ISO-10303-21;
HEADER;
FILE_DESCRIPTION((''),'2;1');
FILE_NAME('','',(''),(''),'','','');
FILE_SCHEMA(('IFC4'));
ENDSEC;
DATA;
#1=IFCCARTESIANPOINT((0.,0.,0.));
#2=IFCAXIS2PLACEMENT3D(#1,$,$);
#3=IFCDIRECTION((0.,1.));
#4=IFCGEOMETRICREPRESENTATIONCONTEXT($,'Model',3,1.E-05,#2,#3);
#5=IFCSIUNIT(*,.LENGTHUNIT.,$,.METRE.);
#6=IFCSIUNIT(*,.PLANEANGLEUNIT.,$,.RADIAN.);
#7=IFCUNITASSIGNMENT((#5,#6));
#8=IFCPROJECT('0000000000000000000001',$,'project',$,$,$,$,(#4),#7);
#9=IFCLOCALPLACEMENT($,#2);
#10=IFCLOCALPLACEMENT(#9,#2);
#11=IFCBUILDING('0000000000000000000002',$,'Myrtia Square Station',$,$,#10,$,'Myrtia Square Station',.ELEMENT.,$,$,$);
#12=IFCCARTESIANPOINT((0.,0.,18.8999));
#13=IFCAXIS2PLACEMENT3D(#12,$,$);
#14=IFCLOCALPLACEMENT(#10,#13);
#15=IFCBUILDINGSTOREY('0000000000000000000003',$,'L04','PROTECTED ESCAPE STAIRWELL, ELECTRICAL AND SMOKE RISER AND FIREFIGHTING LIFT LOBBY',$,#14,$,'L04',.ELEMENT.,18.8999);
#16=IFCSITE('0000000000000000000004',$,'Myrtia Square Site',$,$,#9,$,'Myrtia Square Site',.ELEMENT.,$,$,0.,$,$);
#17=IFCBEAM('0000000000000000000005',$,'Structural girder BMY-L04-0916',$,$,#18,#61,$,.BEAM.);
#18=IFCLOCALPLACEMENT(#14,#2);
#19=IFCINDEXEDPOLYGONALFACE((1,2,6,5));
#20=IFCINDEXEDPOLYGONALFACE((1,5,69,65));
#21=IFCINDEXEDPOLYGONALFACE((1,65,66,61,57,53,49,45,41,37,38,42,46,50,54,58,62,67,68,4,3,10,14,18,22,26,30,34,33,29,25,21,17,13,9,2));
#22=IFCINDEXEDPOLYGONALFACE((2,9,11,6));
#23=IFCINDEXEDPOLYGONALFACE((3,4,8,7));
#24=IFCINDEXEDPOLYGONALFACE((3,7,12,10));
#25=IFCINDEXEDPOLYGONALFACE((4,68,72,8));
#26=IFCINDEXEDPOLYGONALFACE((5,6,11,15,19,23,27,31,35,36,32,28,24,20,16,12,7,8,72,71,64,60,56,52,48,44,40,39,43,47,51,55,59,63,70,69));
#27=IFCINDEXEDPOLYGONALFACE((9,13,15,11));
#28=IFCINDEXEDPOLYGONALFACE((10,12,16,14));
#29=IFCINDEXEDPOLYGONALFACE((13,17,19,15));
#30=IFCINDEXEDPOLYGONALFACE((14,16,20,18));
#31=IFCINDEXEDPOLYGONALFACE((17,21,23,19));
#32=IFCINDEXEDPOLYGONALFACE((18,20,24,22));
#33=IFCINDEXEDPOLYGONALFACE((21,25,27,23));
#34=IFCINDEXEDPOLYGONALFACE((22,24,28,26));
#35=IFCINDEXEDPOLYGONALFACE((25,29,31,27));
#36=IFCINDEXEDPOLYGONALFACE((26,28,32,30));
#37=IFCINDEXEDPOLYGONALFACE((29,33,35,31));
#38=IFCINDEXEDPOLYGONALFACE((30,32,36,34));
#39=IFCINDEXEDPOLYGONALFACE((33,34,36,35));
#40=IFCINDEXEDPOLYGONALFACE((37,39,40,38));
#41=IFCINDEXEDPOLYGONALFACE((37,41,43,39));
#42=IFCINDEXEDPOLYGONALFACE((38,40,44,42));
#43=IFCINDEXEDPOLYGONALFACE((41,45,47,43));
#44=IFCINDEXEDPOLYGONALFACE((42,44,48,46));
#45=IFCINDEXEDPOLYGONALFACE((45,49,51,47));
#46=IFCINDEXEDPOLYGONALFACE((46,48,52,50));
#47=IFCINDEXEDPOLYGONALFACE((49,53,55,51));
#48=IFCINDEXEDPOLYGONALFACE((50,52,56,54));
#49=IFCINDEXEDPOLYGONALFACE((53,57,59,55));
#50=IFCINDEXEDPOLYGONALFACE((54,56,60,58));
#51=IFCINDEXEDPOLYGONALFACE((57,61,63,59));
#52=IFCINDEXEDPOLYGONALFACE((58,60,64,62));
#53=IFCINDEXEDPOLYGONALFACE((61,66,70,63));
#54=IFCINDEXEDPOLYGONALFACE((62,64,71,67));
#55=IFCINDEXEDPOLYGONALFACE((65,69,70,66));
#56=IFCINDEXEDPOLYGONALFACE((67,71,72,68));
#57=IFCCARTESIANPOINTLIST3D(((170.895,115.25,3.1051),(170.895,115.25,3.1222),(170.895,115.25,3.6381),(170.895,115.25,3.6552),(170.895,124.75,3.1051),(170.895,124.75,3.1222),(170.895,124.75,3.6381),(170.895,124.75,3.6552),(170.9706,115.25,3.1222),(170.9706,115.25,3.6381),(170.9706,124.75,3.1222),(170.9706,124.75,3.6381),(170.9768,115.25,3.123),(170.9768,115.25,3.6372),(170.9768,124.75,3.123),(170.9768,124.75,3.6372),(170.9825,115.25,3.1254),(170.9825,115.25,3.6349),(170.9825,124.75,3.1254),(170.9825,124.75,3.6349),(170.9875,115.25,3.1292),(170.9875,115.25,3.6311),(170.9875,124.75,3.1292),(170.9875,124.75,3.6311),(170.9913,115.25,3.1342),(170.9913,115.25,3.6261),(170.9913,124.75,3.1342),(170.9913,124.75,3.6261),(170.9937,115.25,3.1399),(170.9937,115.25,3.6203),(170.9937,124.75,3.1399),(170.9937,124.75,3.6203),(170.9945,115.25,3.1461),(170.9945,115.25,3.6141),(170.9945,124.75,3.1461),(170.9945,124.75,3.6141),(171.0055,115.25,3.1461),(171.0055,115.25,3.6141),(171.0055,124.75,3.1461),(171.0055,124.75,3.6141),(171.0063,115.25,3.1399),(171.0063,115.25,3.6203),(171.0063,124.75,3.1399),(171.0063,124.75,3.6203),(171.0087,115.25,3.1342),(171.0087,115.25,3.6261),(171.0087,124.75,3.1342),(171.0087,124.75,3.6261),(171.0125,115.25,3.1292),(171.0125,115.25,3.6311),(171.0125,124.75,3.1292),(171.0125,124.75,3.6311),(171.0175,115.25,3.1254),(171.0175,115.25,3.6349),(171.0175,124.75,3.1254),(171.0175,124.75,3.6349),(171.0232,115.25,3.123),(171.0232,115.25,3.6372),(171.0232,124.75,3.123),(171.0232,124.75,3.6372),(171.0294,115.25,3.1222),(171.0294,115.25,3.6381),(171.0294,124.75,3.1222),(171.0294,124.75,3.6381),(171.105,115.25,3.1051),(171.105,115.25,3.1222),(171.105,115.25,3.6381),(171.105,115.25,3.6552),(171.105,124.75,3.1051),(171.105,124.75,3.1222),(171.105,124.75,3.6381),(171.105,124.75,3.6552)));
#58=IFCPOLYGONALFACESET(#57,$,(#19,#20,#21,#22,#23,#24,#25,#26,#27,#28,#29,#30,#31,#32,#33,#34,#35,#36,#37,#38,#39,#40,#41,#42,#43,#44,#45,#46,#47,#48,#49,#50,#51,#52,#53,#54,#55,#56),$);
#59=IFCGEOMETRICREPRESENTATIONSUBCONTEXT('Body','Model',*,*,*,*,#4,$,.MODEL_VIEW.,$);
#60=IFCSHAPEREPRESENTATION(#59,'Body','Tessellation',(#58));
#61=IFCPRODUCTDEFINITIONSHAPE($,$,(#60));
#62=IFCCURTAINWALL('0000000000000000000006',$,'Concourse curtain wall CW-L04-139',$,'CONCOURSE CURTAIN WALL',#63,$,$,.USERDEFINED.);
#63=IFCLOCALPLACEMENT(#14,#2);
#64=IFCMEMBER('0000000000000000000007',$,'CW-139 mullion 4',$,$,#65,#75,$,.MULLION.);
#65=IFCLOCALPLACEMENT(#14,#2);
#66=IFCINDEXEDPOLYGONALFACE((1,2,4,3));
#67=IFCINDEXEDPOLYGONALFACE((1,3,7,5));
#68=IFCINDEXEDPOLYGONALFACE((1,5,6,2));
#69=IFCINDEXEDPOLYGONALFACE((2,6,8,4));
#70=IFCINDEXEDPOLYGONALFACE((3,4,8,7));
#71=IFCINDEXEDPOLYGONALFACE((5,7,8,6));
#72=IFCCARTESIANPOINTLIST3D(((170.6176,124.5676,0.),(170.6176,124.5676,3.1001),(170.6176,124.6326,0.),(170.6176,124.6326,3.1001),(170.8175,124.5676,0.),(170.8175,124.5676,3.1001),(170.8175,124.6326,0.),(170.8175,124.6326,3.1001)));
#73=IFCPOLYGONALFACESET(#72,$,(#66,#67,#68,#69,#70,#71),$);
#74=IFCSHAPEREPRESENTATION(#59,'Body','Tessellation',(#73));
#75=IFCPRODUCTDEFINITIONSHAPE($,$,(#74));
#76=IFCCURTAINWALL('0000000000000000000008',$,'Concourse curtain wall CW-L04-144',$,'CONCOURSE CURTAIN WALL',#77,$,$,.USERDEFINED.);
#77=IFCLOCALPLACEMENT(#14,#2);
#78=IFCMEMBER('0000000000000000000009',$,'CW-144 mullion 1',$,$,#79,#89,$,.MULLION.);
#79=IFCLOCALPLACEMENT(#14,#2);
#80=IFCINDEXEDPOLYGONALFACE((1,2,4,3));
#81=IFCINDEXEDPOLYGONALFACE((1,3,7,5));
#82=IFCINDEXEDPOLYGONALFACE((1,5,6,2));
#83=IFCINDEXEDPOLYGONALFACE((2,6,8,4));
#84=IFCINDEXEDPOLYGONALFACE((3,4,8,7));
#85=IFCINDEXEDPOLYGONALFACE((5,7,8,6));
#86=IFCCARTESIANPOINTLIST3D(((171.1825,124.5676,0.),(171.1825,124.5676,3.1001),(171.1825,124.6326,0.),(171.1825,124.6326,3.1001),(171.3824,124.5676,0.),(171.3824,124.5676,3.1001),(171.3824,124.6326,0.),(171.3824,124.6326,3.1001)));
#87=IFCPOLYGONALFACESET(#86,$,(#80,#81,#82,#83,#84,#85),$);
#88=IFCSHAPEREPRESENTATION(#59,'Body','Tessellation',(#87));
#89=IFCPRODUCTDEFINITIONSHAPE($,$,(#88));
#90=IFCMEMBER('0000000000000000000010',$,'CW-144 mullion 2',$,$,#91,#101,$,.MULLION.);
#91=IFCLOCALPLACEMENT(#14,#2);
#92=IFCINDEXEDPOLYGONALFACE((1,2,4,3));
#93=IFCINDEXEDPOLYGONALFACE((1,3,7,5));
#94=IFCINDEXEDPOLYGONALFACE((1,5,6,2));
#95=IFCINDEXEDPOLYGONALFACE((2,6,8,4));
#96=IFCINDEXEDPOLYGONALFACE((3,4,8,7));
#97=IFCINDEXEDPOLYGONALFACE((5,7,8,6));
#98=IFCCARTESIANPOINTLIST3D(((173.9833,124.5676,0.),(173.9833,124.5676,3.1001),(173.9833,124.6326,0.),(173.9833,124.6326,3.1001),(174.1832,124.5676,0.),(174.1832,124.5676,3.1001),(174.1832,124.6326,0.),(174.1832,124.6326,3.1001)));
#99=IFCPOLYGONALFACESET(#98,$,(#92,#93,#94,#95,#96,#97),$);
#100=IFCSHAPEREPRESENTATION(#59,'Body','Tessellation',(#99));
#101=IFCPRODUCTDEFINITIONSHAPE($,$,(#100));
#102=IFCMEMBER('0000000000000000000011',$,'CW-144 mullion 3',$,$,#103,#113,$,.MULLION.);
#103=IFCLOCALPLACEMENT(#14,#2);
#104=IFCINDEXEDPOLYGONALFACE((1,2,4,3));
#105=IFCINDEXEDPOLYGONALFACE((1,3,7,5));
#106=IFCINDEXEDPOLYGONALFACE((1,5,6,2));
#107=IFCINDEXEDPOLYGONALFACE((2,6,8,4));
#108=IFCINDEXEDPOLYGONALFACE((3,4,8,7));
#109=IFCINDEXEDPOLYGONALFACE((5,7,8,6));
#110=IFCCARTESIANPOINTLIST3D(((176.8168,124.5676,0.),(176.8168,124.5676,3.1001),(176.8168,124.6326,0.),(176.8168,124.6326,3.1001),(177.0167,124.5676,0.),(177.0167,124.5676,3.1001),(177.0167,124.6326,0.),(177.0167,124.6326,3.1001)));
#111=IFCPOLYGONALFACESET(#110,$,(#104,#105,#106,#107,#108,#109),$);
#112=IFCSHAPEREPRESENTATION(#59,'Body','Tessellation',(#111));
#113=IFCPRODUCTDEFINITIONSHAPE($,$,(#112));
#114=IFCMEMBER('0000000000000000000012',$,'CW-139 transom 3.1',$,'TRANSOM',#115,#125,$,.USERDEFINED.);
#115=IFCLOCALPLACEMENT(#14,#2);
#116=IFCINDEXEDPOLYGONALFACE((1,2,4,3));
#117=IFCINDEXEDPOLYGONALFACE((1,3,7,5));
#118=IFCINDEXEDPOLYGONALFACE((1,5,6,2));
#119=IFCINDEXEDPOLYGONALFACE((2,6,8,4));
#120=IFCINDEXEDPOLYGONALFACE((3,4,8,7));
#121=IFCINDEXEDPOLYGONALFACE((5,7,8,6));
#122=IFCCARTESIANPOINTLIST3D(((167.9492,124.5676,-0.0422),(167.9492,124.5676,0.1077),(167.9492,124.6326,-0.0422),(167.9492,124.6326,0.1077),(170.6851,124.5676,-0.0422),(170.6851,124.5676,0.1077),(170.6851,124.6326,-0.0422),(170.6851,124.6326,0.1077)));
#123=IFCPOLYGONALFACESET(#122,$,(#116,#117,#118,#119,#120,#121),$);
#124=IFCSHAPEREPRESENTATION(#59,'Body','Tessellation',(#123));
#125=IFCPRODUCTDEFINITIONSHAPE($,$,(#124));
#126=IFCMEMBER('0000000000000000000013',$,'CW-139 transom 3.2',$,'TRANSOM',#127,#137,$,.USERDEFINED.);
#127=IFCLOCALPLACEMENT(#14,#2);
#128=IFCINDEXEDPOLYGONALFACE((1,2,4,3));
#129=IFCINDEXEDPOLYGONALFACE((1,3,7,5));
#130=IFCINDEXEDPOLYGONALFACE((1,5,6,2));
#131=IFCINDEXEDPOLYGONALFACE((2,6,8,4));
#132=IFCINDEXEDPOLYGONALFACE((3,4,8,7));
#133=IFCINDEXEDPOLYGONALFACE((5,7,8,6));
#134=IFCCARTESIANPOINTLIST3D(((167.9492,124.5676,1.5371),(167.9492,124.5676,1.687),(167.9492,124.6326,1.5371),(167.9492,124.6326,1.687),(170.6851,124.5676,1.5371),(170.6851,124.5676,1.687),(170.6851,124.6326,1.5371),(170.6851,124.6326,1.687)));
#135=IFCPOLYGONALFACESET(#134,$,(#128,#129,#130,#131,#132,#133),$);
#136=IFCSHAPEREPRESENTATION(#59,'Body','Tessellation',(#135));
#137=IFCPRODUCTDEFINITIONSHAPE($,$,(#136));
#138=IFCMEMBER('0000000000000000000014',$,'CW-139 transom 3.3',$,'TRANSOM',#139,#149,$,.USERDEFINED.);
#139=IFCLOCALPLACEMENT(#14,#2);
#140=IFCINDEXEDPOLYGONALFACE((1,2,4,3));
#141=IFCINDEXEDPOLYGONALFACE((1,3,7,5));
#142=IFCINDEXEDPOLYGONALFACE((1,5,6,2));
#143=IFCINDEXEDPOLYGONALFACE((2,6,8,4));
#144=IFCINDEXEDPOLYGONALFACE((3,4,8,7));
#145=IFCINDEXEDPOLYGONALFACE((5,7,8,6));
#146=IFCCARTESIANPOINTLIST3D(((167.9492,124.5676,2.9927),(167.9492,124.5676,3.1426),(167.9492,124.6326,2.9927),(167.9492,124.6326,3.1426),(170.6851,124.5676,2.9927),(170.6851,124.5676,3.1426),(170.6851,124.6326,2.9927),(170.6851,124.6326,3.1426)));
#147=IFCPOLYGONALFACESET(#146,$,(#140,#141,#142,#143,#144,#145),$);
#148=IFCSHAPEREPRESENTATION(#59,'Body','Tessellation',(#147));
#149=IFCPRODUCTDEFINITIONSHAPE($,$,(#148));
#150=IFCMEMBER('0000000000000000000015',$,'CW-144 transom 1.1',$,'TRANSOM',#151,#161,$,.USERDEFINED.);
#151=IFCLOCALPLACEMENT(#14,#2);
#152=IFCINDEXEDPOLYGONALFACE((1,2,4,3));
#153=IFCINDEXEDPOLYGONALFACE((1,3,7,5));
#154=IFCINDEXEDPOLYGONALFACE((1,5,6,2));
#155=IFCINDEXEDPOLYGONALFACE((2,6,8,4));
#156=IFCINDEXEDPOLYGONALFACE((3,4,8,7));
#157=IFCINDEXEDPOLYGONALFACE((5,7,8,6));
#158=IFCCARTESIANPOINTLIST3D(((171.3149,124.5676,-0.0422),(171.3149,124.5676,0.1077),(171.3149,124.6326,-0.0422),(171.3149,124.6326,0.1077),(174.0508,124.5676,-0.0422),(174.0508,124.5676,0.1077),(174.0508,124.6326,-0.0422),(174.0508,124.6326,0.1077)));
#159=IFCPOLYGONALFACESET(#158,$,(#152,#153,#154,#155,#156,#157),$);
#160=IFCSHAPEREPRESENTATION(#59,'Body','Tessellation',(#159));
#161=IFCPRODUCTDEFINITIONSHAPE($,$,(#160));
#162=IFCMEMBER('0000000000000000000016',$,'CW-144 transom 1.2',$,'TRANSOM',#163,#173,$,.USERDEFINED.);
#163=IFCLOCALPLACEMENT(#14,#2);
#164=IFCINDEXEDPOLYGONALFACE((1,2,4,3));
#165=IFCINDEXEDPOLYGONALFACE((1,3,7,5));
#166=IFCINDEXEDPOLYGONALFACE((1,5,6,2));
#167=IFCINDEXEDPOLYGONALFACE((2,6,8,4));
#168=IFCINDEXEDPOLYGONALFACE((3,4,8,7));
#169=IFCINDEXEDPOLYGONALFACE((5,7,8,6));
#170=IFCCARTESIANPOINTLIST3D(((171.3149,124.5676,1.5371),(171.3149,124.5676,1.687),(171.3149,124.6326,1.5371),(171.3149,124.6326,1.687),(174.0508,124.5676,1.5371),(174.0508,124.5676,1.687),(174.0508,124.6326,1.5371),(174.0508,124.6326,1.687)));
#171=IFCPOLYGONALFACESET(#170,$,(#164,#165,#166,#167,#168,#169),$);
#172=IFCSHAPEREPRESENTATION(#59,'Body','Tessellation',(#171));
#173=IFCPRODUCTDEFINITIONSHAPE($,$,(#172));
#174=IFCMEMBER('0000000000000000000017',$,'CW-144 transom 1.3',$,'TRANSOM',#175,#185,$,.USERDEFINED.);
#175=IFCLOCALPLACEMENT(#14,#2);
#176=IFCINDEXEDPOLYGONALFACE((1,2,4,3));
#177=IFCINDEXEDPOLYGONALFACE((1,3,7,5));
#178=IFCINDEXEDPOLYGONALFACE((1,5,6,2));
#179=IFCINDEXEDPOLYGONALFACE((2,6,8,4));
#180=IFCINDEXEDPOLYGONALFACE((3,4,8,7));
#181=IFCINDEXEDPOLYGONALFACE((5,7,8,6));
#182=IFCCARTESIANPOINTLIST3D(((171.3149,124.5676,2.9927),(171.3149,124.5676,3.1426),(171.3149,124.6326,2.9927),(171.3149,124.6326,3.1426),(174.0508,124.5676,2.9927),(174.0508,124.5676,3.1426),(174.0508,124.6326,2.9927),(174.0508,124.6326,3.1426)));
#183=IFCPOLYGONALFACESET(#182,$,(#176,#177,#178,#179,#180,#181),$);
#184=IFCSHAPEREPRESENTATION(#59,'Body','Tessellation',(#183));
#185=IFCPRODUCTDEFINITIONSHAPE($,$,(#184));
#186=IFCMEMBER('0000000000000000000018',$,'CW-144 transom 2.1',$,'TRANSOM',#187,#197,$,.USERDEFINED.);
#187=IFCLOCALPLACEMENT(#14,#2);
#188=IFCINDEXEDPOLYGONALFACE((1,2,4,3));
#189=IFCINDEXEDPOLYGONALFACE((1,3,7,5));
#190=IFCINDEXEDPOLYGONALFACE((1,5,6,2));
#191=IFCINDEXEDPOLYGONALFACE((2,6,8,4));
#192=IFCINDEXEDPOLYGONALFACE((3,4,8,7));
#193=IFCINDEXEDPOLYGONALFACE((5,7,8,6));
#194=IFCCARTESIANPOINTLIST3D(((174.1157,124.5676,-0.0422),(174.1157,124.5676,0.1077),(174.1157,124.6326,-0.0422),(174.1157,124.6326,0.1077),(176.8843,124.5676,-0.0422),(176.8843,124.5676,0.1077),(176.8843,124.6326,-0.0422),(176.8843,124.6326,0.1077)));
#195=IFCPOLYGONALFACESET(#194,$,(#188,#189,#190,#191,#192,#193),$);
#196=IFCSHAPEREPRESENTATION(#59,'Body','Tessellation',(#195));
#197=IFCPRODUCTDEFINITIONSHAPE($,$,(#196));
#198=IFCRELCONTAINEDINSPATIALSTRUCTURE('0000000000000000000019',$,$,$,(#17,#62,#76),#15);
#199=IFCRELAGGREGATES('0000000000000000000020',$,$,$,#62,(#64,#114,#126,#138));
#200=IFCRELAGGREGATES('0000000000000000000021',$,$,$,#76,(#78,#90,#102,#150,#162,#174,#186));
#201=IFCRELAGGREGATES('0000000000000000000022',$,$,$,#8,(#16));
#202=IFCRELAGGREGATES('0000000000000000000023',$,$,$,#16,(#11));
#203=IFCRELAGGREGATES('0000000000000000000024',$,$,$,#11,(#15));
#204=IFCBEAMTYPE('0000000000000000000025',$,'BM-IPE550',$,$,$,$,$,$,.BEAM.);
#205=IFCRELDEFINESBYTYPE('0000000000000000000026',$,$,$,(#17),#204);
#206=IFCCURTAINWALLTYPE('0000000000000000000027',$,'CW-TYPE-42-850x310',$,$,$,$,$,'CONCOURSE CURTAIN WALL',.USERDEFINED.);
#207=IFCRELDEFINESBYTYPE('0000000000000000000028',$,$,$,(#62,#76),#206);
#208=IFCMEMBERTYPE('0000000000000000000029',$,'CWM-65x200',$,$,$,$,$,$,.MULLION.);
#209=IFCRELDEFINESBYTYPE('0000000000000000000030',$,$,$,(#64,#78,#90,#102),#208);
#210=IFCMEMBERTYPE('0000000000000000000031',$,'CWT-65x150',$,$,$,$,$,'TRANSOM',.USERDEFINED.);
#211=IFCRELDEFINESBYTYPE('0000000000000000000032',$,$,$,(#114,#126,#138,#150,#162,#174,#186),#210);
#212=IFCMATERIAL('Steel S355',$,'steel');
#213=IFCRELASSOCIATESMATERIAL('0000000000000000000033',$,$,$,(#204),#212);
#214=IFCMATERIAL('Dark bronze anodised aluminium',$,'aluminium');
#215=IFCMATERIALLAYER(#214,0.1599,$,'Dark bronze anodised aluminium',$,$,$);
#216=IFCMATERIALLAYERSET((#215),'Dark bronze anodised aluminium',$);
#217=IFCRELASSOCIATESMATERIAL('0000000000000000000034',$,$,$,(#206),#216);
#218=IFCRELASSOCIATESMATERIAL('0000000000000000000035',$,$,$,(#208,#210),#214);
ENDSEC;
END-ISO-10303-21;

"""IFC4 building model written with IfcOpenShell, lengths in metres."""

from ifc_helpers import new_model, si_unit, direction, frame, origin, origin_2d, place, context, subcontext, project, spatial, rectangle, i_section, extrude, material, layer, layer_set, material_profile, profile_set, type_object, element, aggregate, save


model = new_model("IFC4")

# Units and contexts
model_context = context("Model", 3, precision=1e-05, world=origin(), true_north=direction((0.0, 1.0)))
body_context = subcontext(model_context, "Body", "Model", "MODEL_VIEW")
ifc_project = project(units=[si_unit("LENGTHUNIT", "METRE"), si_unit("PLANEANGLEUNIT", "RADIAN")], contexts=[model_context])

# Site, building, storey
site_placement = place(None, origin())
site = spatial("IfcSite", under=ifc_project, at=site_placement, Name="Myrtia Square Site", LongName="Myrtia Square Site", CompositionType="ELEMENT", RefElevation=0.0)
building_placement = place(site_placement, origin())
building = spatial("IfcBuilding", under=site, at=building_placement, Name="Myrtia Square Station", LongName="Myrtia Square Station", CompositionType="ELEMENT")
storey_placement = place(building_placement, frame((0.0, 0.0, 18.8999)))
storey = spatial("IfcBuildingStorey", under=building, at=storey_placement, Name="L04", Description="PROTECTED ESCAPE STAIRWELL, ELECTRICAL AND SMOKE RISER AND FIREFIGHTING LIFT LOBBY", LongName="L04", CompositionType="ELEMENT", Elevation=18.8999)

# Shared definitions
ifc_material_1 = material(Name="Steel S355", Category="steel")

# Beam
ifc_material_profile_1 = material_profile(ifc_material_1, i_section(OverallWidth=0.21, OverallDepth=0.55, WebThickness=0.011, FlangeThickness=0.0171, FilletRadius=0.0239, at=origin_2d()), Name="IPE 550")
ifc_profile_set_1 = profile_set([ifc_material_profile_1], Name="Steel S355")
beam_type_1 = type_object("IfcBeamType", Name="BM-IPE550", PredefinedType="BEAM", material=ifc_profile_set_1)
for number, where, z_axis, x_axis, name in (
    (1, (171.0, 115.25, 3.3801), (0.0, 1.0, 0.0), (-1.0, 0.0, 0.0), "Structural girder BMY-L04-0916"),
):
    element("IfcBeam", number, at=place(storey_placement, frame(where, z_axis=z_axis, x_axis=x_axis)), inside=storey, type_object=beam_type_1, Name=name, PredefinedType="BEAM", context=body_context, shape_type="SweptSolid", body=[
        extrude(i_section(OverallWidth=0.21, OverallDepth=0.55, WebThickness=0.011, FlangeThickness=0.0171, FilletRadius=0.0239, at=origin_2d()), origin(), (0.0, 0.0, 1.0), 9.5),
    ])

# Curtain wall, member
ifc_material_2 = material(Name="Dark bronze anodised aluminium", Category="aluminium")
ifc_layer_1 = layer(ifc_material_2, 0.1599, Name="Dark bronze anodised aluminium")
ifc_layer_set_1 = layer_set([ifc_layer_1], Name="Dark bronze anodised aluminium")
curtain_wall_type = type_object("IfcCurtainWallType", Name="CW-TYPE-42-850x310", ElementType="CONCOURSE CURTAIN WALL", PredefinedType="USERDEFINED", material=ifc_layer_set_1)
curtain_wall_1_placement = place(storey_placement, origin())
curtain_wall_1 = element("IfcCurtainWall", 2, at=curtain_wall_1_placement, inside=storey, type_object=curtain_wall_type, Name="Concourse curtain wall CW-L04-139", ObjectType="CONCOURSE CURTAIN WALL", PredefinedType="USERDEFINED")
ifc_material_profile_2 = material_profile(ifc_material_2, rectangle(XDim=0.0649, YDim=0.2, at=origin_2d()), Name="ALU-M 65x200")
ifc_profile_set_2 = profile_set([ifc_material_profile_2], Name="Dark bronze anodised aluminium")
member_type_1 = type_object("IfcMemberType", Name="CWM-65x200", PredefinedType="MULLION", material=ifc_profile_set_2)
member_1_placement = place(storey_placement, frame((170.7175, 124.6001, 0.0), z_axis=(0.0, 0.0, 1.0), x_axis=(0.0, 1.0, 0.0)))
member_1 = element("IfcMember", 3, at=member_1_placement, type_object=member_type_1, Name="CW-139 mullion 4", PredefinedType="MULLION", context=body_context, shape_type="SweptSolid", body=[
    extrude(rectangle(XDim=0.0649, YDim=0.2, at=origin_2d()), origin(), (0.0, 0.0, 1.0), 3.1001),
])

# Curtain wall, members
curtain_wall_2_placement = place(storey_placement, origin())
curtain_wall_2 = element("IfcCurtainWall", 4, at=curtain_wall_2_placement, inside=storey, type_object=curtain_wall_type, Name="Concourse curtain wall CW-L04-144", ObjectType="CONCOURSE CURTAIN WALL", PredefinedType="USERDEFINED")
member_2_placement = place(storey_placement, frame((171.2825, 124.6001, 0.0), z_axis=(0.0, 0.0, 1.0), x_axis=(0.0, 1.0, 0.0)))
member_2 = element("IfcMember", 5, at=member_2_placement, type_object=member_type_1, Name="CW-144 mullion 1", PredefinedType="MULLION", context=body_context, shape_type="SweptSolid", body=[
    extrude(rectangle(XDim=0.0649, YDim=0.2, at=origin_2d()), origin(), (0.0, 0.0, 1.0), 3.1001),
])
member_3_placement = place(storey_placement, frame((174.0833, 124.6001, 0.0), z_axis=(0.0, 0.0, 1.0), x_axis=(0.0, 1.0, 0.0)))
member_3 = element("IfcMember", 6, at=member_3_placement, type_object=member_type_1, Name="CW-144 mullion 2", PredefinedType="MULLION", context=body_context, shape_type="SweptSolid", body=[
    extrude(rectangle(XDim=0.0649, YDim=0.2, at=origin_2d()), origin(), (0.0, 0.0, 1.0), 3.1001),
])
member_4_placement = place(storey_placement, frame((176.9167, 124.6001, 0.0), z_axis=(0.0, 0.0, 1.0), x_axis=(0.0, 1.0, 0.0)))
member_4 = element("IfcMember", 7, at=member_4_placement, type_object=member_type_1, Name="CW-144 mullion 3", PredefinedType="MULLION", context=body_context, shape_type="SweptSolid", body=[
    extrude(rectangle(XDim=0.0649, YDim=0.2, at=origin_2d()), origin(), (0.0, 0.0, 1.0), 3.1001),
])

# Members
ifc_material_profile_3 = material_profile(ifc_material_2, rectangle(XDim=0.0649, YDim=0.1499, at=origin_2d()), Name="ALU-T 65x150")
ifc_profile_set_3 = profile_set([ifc_material_profile_3], Name="Dark bronze anodised aluminium")
member_type_2 = type_object("IfcMemberType", Name="CWT-65x150", ElementType="TRANSOM", PredefinedType="USERDEFINED", material=ifc_profile_set_3)
member_5_placement = place(storey_placement, frame((167.9492, 124.6001, 0.0327), z_axis=(1.0, 0.0, 0.0), x_axis=(0.0, 1.0, 0.0)))
member_5 = element("IfcMember", 8, at=member_5_placement, type_object=member_type_2, Name="CW-139 transom 3.1", ObjectType="TRANSOM", PredefinedType="USERDEFINED", context=body_context, shape_type="SweptSolid", body=[
    extrude(rectangle(XDim=0.0649, YDim=0.1499, at=origin_2d()), origin(), (0.0, 0.0, 1.0), 2.7358),
])
member_6_placement = place(storey_placement, frame((167.9492, 124.6001, 1.6121), z_axis=(1.0, 0.0, 0.0), x_axis=(0.0, 1.0, 0.0)))
member_6 = element("IfcMember", 9, at=member_6_placement, type_object=member_type_2, Name="CW-139 transom 3.2", ObjectType="TRANSOM", PredefinedType="USERDEFINED", context=body_context, shape_type="SweptSolid", body=[
    extrude(rectangle(XDim=0.0649, YDim=0.1499, at=origin_2d()), origin(), (0.0, 0.0, 1.0), 2.7358),
])
member_7_placement = place(storey_placement, frame((167.9492, 124.6001, 3.0676), z_axis=(1.0, 0.0, 0.0), x_axis=(0.0, 1.0, 0.0)))
member_7 = element("IfcMember", 10, at=member_7_placement, type_object=member_type_2, Name="CW-139 transom 3.3", ObjectType="TRANSOM", PredefinedType="USERDEFINED", context=body_context, shape_type="SweptSolid", body=[
    extrude(rectangle(XDim=0.0649, YDim=0.1499, at=origin_2d()), origin(), (0.0, 0.0, 1.0), 2.7358),
])
member_8_placement = place(storey_placement, frame((171.3149, 124.6001, 0.0327), z_axis=(1.0, 0.0, 0.0), x_axis=(0.0, 1.0, 0.0)))
member_8 = element("IfcMember", 11, at=member_8_placement, type_object=member_type_2, Name="CW-144 transom 1.1", ObjectType="TRANSOM", PredefinedType="USERDEFINED", context=body_context, shape_type="SweptSolid", body=[
    extrude(rectangle(XDim=0.0649, YDim=0.1499, at=origin_2d()), origin(), (0.0, 0.0, 1.0), 2.7358),
])
member_9_placement = place(storey_placement, frame((171.3149, 124.6001, 1.6121), z_axis=(1.0, 0.0, 0.0), x_axis=(0.0, 1.0, 0.0)))
member_9 = element("IfcMember", 12, at=member_9_placement, type_object=member_type_2, Name="CW-144 transom 1.2", ObjectType="TRANSOM", PredefinedType="USERDEFINED", context=body_context, shape_type="SweptSolid", body=[
    extrude(rectangle(XDim=0.0649, YDim=0.1499, at=origin_2d()), origin(), (0.0, 0.0, 1.0), 2.7358),
])
member_10_placement = place(storey_placement, frame((171.3149, 124.6001, 3.0676), z_axis=(1.0, 0.0, 0.0), x_axis=(0.0, 1.0, 0.0)))
member_10 = element("IfcMember", 13, at=member_10_placement, type_object=member_type_2, Name="CW-144 transom 1.3", ObjectType="TRANSOM", PredefinedType="USERDEFINED", context=body_context, shape_type="SweptSolid", body=[
    extrude(rectangle(XDim=0.0649, YDim=0.1499, at=origin_2d()), origin(), (0.0, 0.0, 1.0), 2.7358),
])
member_11_placement = place(storey_placement, frame((174.1157, 124.6001, 0.0327), z_axis=(1.0, 0.0, 0.0), x_axis=(0.0, 1.0, 0.0)))
member_11 = element("IfcMember", 14, at=member_11_placement, type_object=member_type_2, Name="CW-144 transom 2.1", ObjectType="TRANSOM", PredefinedType="USERDEFINED", context=body_context, shape_type="SweptSolid", body=[
    extrude(rectangle(XDim=0.0649, YDim=0.1499, at=origin_2d()), origin(), (0.0, 0.0, 1.0), 2.7686),
])

aggregate(curtain_wall_1, [member_1, member_5, member_6, member_7])
aggregate(curtain_wall_2, [member_2, member_3, member_4, member_8, member_9, member_10, member_11])

save(model, "model.ifc")
